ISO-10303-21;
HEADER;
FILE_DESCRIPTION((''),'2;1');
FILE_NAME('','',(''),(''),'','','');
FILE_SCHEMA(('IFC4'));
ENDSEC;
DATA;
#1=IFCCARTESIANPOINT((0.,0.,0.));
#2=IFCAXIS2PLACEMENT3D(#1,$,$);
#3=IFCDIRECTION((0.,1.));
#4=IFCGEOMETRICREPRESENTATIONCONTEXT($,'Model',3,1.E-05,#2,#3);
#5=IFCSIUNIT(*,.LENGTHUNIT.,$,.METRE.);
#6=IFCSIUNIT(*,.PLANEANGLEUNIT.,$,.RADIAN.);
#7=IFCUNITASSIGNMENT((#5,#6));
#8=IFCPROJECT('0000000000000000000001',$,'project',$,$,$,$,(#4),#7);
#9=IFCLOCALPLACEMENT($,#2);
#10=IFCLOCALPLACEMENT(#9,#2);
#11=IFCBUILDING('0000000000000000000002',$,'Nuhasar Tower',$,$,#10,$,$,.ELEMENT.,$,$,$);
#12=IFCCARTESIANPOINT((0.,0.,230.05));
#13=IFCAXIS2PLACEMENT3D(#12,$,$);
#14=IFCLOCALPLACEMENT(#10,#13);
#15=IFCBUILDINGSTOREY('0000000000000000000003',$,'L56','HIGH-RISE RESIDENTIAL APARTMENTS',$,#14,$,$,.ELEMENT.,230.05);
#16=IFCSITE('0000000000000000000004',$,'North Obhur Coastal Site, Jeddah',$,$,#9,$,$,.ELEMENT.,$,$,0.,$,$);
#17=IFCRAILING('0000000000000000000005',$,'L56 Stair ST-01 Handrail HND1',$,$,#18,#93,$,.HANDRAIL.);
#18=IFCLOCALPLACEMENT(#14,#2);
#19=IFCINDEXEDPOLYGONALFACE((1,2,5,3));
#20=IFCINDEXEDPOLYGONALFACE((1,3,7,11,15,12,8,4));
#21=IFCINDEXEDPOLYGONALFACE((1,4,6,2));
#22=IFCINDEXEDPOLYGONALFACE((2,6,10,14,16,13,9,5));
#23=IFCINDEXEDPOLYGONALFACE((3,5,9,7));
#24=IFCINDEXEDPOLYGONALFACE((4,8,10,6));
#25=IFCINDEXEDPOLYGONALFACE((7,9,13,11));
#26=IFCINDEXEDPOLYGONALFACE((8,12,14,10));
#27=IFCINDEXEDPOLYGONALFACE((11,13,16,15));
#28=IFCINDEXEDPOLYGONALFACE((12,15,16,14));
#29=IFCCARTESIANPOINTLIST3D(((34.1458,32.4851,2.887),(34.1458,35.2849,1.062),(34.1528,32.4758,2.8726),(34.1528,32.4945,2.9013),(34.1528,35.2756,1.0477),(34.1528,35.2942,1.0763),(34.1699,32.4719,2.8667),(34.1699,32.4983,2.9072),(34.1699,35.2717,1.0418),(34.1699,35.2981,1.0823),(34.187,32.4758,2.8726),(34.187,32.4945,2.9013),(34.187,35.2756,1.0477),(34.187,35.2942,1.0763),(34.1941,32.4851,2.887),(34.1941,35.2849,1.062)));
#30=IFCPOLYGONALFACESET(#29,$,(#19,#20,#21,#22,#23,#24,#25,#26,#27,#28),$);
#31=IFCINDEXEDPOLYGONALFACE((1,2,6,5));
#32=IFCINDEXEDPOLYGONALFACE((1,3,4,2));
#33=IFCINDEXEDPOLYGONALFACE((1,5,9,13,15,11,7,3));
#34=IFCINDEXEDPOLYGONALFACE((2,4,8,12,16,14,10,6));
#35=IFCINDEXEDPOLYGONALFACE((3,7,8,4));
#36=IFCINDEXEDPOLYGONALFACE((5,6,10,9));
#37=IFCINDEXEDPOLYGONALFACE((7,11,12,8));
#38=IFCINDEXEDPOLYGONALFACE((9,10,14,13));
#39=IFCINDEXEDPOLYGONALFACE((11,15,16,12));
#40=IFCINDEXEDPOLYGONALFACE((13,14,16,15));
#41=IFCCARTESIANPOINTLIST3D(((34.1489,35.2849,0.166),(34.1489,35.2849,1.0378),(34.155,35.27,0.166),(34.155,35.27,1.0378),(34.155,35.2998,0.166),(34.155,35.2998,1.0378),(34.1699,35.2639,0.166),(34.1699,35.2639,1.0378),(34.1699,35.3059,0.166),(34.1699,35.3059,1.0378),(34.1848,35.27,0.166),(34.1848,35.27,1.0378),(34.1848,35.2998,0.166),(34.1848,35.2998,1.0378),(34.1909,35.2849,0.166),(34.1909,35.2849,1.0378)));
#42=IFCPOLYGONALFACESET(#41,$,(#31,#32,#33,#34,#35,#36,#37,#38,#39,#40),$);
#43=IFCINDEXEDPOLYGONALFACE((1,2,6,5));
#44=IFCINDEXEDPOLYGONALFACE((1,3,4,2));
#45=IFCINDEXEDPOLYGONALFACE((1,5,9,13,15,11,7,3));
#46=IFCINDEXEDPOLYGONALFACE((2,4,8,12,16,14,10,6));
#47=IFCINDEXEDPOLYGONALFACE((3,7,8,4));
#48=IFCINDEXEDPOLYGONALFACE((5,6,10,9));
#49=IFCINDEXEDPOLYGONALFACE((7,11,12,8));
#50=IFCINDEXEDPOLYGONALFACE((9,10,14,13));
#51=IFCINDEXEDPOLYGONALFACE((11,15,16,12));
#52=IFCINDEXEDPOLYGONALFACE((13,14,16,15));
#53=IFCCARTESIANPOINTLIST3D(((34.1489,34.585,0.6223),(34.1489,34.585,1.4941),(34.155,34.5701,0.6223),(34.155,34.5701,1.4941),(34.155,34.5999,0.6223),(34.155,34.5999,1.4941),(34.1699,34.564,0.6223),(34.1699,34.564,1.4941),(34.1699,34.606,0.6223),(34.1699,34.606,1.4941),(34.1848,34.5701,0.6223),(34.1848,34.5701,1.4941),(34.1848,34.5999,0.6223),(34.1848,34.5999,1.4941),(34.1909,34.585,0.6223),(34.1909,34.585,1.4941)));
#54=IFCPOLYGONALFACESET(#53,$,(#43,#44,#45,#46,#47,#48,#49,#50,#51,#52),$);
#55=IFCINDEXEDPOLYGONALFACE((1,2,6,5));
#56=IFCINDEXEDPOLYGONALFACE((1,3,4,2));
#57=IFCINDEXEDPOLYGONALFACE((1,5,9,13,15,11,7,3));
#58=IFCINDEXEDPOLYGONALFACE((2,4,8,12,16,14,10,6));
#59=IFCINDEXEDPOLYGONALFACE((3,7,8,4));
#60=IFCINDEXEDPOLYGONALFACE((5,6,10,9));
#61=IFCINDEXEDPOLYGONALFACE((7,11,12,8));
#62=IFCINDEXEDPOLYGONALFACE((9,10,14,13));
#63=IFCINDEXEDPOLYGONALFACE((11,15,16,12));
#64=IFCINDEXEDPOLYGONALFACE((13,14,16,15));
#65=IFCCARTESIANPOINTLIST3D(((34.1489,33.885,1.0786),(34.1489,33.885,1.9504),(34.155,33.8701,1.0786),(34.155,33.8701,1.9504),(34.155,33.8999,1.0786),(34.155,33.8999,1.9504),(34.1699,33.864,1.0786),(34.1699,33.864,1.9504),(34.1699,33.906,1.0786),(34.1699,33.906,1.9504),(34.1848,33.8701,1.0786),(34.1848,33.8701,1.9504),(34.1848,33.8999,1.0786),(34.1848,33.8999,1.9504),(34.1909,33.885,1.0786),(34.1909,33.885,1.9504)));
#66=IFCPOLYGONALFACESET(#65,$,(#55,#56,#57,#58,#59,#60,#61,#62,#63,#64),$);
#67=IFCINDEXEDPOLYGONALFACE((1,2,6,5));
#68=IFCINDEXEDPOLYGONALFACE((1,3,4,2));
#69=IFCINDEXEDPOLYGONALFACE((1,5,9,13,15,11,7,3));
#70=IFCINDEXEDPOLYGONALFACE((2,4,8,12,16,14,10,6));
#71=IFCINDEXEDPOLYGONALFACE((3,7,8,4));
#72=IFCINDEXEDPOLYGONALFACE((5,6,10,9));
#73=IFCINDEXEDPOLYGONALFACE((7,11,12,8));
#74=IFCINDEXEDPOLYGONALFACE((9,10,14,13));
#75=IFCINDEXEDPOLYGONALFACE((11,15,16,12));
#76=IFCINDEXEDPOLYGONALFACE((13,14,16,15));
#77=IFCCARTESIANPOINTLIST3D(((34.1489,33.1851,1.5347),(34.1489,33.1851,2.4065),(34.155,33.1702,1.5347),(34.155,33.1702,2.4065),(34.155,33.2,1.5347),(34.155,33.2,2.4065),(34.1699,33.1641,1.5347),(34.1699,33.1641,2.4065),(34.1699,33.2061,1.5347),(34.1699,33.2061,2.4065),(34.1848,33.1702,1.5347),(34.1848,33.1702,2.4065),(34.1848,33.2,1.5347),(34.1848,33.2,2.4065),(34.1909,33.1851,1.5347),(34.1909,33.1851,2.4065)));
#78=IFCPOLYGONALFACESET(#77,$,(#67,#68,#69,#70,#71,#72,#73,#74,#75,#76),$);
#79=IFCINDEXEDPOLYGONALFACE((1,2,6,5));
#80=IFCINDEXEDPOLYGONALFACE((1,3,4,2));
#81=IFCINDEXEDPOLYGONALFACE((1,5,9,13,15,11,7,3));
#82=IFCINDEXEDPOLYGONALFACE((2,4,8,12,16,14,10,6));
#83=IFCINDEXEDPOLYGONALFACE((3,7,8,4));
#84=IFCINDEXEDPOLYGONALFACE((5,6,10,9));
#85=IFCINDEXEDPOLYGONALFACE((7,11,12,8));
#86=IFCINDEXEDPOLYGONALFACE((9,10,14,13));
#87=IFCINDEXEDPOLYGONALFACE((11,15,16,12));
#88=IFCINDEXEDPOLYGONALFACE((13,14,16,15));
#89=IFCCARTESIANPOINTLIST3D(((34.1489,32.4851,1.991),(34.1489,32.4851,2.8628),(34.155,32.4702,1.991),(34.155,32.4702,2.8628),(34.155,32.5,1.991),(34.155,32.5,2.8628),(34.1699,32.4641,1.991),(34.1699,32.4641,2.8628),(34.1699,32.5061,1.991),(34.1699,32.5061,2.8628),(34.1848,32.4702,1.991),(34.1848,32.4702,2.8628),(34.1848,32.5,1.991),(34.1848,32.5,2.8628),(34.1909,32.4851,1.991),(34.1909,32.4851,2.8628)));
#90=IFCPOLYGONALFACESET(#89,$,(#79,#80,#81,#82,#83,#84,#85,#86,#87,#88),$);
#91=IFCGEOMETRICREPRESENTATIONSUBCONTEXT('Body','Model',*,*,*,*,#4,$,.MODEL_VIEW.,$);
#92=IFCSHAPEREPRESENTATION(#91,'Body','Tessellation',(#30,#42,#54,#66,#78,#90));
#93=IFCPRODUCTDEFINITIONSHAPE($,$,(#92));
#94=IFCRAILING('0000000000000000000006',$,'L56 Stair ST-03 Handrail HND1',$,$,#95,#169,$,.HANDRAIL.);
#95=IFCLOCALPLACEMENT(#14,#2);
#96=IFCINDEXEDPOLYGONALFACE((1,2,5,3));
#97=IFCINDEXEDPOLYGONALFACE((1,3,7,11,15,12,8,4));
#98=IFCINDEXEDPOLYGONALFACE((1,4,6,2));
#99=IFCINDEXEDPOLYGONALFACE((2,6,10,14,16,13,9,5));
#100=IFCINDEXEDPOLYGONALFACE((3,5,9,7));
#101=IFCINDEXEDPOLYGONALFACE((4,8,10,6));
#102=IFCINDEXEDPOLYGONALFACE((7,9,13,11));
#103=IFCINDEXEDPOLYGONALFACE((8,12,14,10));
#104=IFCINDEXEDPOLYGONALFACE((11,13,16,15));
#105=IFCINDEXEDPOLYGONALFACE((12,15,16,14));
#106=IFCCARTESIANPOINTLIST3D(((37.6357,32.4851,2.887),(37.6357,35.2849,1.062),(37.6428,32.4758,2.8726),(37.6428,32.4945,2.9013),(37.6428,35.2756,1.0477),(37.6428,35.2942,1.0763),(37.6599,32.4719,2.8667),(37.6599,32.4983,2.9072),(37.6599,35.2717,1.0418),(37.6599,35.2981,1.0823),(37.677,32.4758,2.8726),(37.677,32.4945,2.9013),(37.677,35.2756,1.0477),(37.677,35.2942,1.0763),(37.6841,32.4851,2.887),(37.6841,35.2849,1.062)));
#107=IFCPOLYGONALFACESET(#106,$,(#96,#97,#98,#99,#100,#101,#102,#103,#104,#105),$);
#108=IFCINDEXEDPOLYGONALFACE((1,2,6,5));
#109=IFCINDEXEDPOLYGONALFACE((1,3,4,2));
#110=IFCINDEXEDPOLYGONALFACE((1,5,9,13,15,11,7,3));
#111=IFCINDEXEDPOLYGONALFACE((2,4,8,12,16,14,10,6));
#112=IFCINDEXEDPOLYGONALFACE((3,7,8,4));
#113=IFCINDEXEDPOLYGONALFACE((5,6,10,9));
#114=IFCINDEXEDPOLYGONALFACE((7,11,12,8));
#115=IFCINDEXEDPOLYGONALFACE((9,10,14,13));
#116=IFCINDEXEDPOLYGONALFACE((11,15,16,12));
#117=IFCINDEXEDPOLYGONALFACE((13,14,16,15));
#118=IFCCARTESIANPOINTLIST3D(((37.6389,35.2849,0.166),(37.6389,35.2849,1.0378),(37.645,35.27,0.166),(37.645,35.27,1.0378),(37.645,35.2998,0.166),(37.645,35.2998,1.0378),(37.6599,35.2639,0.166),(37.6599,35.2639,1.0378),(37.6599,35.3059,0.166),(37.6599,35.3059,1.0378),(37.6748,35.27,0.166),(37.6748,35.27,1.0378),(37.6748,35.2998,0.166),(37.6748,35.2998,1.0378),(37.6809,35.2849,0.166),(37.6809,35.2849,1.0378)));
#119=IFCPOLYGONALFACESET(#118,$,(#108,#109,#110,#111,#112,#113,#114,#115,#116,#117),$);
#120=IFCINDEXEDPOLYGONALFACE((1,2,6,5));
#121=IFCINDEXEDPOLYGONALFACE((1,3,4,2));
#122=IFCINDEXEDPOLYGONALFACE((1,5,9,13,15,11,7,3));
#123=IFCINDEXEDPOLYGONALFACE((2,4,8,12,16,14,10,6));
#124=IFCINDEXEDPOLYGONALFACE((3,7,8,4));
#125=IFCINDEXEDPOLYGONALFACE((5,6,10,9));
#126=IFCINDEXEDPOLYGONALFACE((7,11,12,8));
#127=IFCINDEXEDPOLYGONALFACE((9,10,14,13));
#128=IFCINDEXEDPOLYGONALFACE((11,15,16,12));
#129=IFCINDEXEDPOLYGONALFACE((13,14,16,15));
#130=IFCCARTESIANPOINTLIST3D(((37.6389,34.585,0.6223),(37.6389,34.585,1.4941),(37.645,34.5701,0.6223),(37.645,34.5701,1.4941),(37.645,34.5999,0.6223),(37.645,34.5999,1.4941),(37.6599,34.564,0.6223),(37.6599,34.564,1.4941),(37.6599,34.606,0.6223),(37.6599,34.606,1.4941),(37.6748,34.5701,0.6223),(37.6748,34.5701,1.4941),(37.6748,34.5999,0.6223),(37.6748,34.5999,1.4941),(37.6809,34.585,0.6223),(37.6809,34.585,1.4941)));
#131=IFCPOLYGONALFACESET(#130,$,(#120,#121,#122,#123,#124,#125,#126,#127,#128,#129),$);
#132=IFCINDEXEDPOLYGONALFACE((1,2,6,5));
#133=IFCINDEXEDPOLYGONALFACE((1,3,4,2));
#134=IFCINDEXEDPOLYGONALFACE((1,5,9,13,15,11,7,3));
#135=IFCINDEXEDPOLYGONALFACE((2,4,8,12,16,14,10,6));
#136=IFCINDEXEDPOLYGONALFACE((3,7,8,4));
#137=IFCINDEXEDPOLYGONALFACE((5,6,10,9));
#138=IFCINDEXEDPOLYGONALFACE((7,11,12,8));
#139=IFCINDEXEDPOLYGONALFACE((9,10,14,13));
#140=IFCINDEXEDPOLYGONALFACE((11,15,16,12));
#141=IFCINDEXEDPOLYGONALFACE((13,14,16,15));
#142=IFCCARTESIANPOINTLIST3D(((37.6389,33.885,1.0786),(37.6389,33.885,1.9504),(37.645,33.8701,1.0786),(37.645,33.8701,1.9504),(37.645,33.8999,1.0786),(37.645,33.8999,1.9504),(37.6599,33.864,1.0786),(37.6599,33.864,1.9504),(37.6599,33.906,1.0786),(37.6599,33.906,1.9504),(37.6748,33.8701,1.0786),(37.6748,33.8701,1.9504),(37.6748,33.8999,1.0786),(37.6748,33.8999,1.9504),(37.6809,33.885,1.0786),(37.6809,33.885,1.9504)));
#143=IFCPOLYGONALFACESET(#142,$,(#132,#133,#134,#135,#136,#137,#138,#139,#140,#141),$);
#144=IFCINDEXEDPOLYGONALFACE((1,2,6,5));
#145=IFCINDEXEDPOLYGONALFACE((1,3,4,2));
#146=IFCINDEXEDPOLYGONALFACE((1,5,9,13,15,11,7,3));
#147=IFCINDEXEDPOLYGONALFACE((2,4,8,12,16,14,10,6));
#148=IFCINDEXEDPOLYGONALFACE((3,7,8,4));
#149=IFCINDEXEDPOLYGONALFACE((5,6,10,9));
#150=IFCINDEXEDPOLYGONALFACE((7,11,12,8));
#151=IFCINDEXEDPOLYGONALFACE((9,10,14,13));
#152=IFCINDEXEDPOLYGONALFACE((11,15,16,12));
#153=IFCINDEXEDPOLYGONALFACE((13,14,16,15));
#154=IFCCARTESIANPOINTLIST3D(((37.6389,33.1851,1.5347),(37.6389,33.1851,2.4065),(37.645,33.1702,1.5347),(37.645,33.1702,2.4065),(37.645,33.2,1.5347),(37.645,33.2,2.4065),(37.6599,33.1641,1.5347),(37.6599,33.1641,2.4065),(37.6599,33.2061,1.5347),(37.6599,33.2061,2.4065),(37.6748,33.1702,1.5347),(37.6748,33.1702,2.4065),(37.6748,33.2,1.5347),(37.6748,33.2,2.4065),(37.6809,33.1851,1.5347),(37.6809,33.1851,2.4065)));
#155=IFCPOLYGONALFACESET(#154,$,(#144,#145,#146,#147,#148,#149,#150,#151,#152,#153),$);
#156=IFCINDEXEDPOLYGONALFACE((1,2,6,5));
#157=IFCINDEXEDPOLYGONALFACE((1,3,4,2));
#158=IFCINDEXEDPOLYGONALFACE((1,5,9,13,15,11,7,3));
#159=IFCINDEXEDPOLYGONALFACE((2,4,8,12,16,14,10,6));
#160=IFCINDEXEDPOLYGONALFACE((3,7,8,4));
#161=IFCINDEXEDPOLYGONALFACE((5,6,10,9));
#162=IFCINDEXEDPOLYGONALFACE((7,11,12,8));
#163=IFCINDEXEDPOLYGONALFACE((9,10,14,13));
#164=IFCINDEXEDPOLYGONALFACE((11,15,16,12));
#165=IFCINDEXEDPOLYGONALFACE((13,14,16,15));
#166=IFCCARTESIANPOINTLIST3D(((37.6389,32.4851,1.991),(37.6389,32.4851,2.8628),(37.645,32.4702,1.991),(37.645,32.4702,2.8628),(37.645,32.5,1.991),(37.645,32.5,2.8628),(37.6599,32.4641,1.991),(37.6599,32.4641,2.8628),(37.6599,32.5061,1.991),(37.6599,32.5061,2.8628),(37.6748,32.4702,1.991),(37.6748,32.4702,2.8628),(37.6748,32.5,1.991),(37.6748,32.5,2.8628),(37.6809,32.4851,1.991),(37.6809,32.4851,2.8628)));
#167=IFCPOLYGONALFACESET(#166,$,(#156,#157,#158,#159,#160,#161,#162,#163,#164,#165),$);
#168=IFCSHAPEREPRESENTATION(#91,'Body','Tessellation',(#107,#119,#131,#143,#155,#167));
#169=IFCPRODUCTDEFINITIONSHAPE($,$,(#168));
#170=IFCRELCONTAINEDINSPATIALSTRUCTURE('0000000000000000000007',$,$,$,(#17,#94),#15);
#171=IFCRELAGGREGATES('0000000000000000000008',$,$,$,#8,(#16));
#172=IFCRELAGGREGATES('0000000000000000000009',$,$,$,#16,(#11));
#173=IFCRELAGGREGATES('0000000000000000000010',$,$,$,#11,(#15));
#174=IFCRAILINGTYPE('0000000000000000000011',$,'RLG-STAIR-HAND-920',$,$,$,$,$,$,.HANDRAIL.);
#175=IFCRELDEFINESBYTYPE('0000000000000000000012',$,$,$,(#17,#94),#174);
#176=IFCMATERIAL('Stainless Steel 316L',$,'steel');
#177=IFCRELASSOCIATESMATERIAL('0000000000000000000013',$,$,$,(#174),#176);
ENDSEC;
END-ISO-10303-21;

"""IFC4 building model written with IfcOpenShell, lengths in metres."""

from ifc_helpers import new_model, si_unit, direction, frame, origin, place, context, subcontext, project, spatial, polyline, outline, extrude, material, type_object, element, save


model = new_model("IFC4")

# Units and contexts
model_context = context("Model", 3, precision=1e-05, world=origin(), true_north=direction((0.0, 1.0)))
body_context = subcontext(model_context, "Body", "Model", "MODEL_VIEW")
ifc_project = project(units=[si_unit("LENGTHUNIT", "METRE"), si_unit("PLANEANGLEUNIT", "RADIAN")], contexts=[model_context])

# Site, building, storey
site_placement = place(None, origin())
site = spatial("IfcSite", under=ifc_project, at=site_placement, Name="North Obhur Coastal Site, Jeddah", CompositionType="ELEMENT", RefElevation=0.0)
building_placement = place(site_placement, origin())
building = spatial("IfcBuilding", under=site, at=building_placement, Name="Nuhasar Tower", CompositionType="ELEMENT")
storey_placement = place(building_placement, frame((0.0, 0.0, 230.05)))
storey = spatial("IfcBuildingStorey", under=building, at=storey_placement, Name="L56", Description="HIGH-RISE RESIDENTIAL APARTMENTS", CompositionType="ELEMENT", Elevation=230.05)

# Railings
ifc_material_1 = material(Name="Stainless Steel 316L", Category="steel")
railing_type_1 = type_object("IfcRailingType", Name="RLG-STAIR-HAND-920", PredefinedType="HANDRAIL", material=ifc_material_1)
railing_1_placement = place(storey_placement, frame((34.1699, 35.2849, 0.166)))
element("IfcRailing", 1, at=railing_1_placement, inside=storey, type_object=railing_type_1, Name="L56 Stair ST-01 Handrail HND1", PredefinedType="HANDRAIL", context=body_context, shape_type="SweptSolid", body=[
    extrude(outline(polyline([(0.0242, 0.0), (0.0171, 0.0171), (0.0, 0.0242), (-0.0171, 0.0171), (-0.0242, 0.0), (-0.0171, -0.0171), (0.0, -0.0242), (0.0171, -0.0171), (0.0242, 0.0)])), frame((0.0, 0.0, 0.896), z_axis=(0.0, -0.837749, 0.546056), x_axis=(1.0, 0.0, 0.0)), (0.0, 0.0, 1.0), 3.342),
    extrude(outline(polyline([(0.021, 0.0), (0.0149, 0.0149), (0.0, 0.021), (-0.0149, 0.0149), (-0.021, 0.0), (-0.0149, -0.0149), (0.0, -0.021), (0.0149, -0.0149), (0.021, 0.0)])), origin(), (0.0, 0.0, 1.0), 0.8718),
    extrude(outline(polyline([(0.021, 0.0), (0.0149, 0.0149), (0.0, 0.021), (-0.0149, 0.0149), (-0.021, 0.0), (-0.0149, -0.0149), (0.0, -0.021), (0.0149, -0.0149), (0.021, 0.0)])), frame((0.0, -0.7, 0.4563)), (0.0, 0.0, 1.0), 0.8718),
    extrude(outline(polyline([(0.021, 0.0), (0.0149, 0.0149), (0.0, 0.021), (-0.0149, 0.0149), (-0.021, 0.0), (-0.0149, -0.0149), (0.0, -0.021), (0.0149, -0.0149), (0.021, 0.0)])), frame((0.0, -1.3999, 0.9126)), (0.0, 0.0, 1.0), 0.8718),
    extrude(outline(polyline([(0.021, 0.0), (0.0149, 0.0149), (0.0, 0.021), (-0.0149, 0.0149), (-0.021, 0.0), (-0.0149, -0.0149), (0.0, -0.021), (0.0149, -0.0149), (0.021, 0.0)])), frame((0.0, -2.0999, 1.3687)), (0.0, 0.0, 1.0), 0.8718),
    extrude(outline(polyline([(0.021, 0.0), (0.0149, 0.0149), (0.0, 0.021), (-0.0149, 0.0149), (-0.021, 0.0), (-0.0149, -0.0149), (0.0, -0.021), (0.0149, -0.0149), (0.021, 0.0)])), frame((0.0, -2.7998, 1.825)), (0.0, 0.0, 1.0), 0.8718),
])
railing_2_placement = place(storey_placement, frame((37.6599, 35.2849, 0.166)))
element("IfcRailing", 2, at=railing_2_placement, inside=storey, type_object=railing_type_1, Name="L56 Stair ST-03 Handrail HND1", PredefinedType="HANDRAIL", context=body_context, shape_type="SweptSolid", body=[
    extrude(outline(polyline([(0.0242, 0.0), (0.0171, 0.0171), (0.0, 0.0242), (-0.0171, 0.0171), (-0.0242, 0.0), (-0.0171, -0.0171), (0.0, -0.0242), (0.0171, -0.0171), (0.0242, 0.0)])), frame((0.0, 0.0, 0.896), z_axis=(0.0, -0.837749, 0.546056), x_axis=(1.0, 0.0, 0.0)), (0.0, 0.0, 1.0), 3.342),
    extrude(outline(polyline([(0.021, 0.0), (0.0149, 0.0149), (0.0, 0.021), (-0.0149, 0.0149), (-0.021, 0.0), (-0.0149, -0.0149), (0.0, -0.021), (0.0149, -0.0149), (0.021, 0.0)])), origin(), (0.0, 0.0, 1.0), 0.8718),
    extrude(outline(polyline([(0.021, 0.0), (0.0149, 0.0149), (0.0, 0.021), (-0.0149, 0.0149), (-0.021, 0.0), (-0.0149, -0.0149), (0.0, -0.021), (0.0149, -0.0149), (0.021, 0.0)])), frame((0.0, -0.7, 0.4563)), (0.0, 0.0, 1.0), 0.8718),
    extrude(outline(polyline([(0.021, 0.0), (0.0149, 0.0149), (0.0, 0.021), (-0.0149, 0.0149), (-0.021, 0.0), (-0.0149, -0.0149), (0.0, -0.021), (0.0149, -0.0149), (0.021, 0.0)])), frame((0.0, -1.3999, 0.9126)), (0.0, 0.0, 1.0), 0.8718),
    extrude(outline(polyline([(0.021, 0.0), (0.0149, 0.0149), (0.0, 0.021), (-0.0149, 0.0149), (-0.021, 0.0), (-0.0149, -0.0149), (0.0, -0.021), (0.0149, -0.0149), (0.021, 0.0)])), frame((0.0, -2.0999, 1.3687)), (0.0, 0.0, 1.0), 0.8718),
    extrude(outline(polyline([(0.021, 0.0), (0.0149, 0.0149), (0.0, 0.021), (-0.0149, 0.0149), (-0.021, 0.0), (-0.0149, -0.0149), (0.0, -0.021), (0.0149, -0.0149), (0.021, 0.0)])), frame((0.0, -2.7998, 1.825)), (0.0, 0.0, 1.0), 0.8718),
])

save(model, "model.ifc")
